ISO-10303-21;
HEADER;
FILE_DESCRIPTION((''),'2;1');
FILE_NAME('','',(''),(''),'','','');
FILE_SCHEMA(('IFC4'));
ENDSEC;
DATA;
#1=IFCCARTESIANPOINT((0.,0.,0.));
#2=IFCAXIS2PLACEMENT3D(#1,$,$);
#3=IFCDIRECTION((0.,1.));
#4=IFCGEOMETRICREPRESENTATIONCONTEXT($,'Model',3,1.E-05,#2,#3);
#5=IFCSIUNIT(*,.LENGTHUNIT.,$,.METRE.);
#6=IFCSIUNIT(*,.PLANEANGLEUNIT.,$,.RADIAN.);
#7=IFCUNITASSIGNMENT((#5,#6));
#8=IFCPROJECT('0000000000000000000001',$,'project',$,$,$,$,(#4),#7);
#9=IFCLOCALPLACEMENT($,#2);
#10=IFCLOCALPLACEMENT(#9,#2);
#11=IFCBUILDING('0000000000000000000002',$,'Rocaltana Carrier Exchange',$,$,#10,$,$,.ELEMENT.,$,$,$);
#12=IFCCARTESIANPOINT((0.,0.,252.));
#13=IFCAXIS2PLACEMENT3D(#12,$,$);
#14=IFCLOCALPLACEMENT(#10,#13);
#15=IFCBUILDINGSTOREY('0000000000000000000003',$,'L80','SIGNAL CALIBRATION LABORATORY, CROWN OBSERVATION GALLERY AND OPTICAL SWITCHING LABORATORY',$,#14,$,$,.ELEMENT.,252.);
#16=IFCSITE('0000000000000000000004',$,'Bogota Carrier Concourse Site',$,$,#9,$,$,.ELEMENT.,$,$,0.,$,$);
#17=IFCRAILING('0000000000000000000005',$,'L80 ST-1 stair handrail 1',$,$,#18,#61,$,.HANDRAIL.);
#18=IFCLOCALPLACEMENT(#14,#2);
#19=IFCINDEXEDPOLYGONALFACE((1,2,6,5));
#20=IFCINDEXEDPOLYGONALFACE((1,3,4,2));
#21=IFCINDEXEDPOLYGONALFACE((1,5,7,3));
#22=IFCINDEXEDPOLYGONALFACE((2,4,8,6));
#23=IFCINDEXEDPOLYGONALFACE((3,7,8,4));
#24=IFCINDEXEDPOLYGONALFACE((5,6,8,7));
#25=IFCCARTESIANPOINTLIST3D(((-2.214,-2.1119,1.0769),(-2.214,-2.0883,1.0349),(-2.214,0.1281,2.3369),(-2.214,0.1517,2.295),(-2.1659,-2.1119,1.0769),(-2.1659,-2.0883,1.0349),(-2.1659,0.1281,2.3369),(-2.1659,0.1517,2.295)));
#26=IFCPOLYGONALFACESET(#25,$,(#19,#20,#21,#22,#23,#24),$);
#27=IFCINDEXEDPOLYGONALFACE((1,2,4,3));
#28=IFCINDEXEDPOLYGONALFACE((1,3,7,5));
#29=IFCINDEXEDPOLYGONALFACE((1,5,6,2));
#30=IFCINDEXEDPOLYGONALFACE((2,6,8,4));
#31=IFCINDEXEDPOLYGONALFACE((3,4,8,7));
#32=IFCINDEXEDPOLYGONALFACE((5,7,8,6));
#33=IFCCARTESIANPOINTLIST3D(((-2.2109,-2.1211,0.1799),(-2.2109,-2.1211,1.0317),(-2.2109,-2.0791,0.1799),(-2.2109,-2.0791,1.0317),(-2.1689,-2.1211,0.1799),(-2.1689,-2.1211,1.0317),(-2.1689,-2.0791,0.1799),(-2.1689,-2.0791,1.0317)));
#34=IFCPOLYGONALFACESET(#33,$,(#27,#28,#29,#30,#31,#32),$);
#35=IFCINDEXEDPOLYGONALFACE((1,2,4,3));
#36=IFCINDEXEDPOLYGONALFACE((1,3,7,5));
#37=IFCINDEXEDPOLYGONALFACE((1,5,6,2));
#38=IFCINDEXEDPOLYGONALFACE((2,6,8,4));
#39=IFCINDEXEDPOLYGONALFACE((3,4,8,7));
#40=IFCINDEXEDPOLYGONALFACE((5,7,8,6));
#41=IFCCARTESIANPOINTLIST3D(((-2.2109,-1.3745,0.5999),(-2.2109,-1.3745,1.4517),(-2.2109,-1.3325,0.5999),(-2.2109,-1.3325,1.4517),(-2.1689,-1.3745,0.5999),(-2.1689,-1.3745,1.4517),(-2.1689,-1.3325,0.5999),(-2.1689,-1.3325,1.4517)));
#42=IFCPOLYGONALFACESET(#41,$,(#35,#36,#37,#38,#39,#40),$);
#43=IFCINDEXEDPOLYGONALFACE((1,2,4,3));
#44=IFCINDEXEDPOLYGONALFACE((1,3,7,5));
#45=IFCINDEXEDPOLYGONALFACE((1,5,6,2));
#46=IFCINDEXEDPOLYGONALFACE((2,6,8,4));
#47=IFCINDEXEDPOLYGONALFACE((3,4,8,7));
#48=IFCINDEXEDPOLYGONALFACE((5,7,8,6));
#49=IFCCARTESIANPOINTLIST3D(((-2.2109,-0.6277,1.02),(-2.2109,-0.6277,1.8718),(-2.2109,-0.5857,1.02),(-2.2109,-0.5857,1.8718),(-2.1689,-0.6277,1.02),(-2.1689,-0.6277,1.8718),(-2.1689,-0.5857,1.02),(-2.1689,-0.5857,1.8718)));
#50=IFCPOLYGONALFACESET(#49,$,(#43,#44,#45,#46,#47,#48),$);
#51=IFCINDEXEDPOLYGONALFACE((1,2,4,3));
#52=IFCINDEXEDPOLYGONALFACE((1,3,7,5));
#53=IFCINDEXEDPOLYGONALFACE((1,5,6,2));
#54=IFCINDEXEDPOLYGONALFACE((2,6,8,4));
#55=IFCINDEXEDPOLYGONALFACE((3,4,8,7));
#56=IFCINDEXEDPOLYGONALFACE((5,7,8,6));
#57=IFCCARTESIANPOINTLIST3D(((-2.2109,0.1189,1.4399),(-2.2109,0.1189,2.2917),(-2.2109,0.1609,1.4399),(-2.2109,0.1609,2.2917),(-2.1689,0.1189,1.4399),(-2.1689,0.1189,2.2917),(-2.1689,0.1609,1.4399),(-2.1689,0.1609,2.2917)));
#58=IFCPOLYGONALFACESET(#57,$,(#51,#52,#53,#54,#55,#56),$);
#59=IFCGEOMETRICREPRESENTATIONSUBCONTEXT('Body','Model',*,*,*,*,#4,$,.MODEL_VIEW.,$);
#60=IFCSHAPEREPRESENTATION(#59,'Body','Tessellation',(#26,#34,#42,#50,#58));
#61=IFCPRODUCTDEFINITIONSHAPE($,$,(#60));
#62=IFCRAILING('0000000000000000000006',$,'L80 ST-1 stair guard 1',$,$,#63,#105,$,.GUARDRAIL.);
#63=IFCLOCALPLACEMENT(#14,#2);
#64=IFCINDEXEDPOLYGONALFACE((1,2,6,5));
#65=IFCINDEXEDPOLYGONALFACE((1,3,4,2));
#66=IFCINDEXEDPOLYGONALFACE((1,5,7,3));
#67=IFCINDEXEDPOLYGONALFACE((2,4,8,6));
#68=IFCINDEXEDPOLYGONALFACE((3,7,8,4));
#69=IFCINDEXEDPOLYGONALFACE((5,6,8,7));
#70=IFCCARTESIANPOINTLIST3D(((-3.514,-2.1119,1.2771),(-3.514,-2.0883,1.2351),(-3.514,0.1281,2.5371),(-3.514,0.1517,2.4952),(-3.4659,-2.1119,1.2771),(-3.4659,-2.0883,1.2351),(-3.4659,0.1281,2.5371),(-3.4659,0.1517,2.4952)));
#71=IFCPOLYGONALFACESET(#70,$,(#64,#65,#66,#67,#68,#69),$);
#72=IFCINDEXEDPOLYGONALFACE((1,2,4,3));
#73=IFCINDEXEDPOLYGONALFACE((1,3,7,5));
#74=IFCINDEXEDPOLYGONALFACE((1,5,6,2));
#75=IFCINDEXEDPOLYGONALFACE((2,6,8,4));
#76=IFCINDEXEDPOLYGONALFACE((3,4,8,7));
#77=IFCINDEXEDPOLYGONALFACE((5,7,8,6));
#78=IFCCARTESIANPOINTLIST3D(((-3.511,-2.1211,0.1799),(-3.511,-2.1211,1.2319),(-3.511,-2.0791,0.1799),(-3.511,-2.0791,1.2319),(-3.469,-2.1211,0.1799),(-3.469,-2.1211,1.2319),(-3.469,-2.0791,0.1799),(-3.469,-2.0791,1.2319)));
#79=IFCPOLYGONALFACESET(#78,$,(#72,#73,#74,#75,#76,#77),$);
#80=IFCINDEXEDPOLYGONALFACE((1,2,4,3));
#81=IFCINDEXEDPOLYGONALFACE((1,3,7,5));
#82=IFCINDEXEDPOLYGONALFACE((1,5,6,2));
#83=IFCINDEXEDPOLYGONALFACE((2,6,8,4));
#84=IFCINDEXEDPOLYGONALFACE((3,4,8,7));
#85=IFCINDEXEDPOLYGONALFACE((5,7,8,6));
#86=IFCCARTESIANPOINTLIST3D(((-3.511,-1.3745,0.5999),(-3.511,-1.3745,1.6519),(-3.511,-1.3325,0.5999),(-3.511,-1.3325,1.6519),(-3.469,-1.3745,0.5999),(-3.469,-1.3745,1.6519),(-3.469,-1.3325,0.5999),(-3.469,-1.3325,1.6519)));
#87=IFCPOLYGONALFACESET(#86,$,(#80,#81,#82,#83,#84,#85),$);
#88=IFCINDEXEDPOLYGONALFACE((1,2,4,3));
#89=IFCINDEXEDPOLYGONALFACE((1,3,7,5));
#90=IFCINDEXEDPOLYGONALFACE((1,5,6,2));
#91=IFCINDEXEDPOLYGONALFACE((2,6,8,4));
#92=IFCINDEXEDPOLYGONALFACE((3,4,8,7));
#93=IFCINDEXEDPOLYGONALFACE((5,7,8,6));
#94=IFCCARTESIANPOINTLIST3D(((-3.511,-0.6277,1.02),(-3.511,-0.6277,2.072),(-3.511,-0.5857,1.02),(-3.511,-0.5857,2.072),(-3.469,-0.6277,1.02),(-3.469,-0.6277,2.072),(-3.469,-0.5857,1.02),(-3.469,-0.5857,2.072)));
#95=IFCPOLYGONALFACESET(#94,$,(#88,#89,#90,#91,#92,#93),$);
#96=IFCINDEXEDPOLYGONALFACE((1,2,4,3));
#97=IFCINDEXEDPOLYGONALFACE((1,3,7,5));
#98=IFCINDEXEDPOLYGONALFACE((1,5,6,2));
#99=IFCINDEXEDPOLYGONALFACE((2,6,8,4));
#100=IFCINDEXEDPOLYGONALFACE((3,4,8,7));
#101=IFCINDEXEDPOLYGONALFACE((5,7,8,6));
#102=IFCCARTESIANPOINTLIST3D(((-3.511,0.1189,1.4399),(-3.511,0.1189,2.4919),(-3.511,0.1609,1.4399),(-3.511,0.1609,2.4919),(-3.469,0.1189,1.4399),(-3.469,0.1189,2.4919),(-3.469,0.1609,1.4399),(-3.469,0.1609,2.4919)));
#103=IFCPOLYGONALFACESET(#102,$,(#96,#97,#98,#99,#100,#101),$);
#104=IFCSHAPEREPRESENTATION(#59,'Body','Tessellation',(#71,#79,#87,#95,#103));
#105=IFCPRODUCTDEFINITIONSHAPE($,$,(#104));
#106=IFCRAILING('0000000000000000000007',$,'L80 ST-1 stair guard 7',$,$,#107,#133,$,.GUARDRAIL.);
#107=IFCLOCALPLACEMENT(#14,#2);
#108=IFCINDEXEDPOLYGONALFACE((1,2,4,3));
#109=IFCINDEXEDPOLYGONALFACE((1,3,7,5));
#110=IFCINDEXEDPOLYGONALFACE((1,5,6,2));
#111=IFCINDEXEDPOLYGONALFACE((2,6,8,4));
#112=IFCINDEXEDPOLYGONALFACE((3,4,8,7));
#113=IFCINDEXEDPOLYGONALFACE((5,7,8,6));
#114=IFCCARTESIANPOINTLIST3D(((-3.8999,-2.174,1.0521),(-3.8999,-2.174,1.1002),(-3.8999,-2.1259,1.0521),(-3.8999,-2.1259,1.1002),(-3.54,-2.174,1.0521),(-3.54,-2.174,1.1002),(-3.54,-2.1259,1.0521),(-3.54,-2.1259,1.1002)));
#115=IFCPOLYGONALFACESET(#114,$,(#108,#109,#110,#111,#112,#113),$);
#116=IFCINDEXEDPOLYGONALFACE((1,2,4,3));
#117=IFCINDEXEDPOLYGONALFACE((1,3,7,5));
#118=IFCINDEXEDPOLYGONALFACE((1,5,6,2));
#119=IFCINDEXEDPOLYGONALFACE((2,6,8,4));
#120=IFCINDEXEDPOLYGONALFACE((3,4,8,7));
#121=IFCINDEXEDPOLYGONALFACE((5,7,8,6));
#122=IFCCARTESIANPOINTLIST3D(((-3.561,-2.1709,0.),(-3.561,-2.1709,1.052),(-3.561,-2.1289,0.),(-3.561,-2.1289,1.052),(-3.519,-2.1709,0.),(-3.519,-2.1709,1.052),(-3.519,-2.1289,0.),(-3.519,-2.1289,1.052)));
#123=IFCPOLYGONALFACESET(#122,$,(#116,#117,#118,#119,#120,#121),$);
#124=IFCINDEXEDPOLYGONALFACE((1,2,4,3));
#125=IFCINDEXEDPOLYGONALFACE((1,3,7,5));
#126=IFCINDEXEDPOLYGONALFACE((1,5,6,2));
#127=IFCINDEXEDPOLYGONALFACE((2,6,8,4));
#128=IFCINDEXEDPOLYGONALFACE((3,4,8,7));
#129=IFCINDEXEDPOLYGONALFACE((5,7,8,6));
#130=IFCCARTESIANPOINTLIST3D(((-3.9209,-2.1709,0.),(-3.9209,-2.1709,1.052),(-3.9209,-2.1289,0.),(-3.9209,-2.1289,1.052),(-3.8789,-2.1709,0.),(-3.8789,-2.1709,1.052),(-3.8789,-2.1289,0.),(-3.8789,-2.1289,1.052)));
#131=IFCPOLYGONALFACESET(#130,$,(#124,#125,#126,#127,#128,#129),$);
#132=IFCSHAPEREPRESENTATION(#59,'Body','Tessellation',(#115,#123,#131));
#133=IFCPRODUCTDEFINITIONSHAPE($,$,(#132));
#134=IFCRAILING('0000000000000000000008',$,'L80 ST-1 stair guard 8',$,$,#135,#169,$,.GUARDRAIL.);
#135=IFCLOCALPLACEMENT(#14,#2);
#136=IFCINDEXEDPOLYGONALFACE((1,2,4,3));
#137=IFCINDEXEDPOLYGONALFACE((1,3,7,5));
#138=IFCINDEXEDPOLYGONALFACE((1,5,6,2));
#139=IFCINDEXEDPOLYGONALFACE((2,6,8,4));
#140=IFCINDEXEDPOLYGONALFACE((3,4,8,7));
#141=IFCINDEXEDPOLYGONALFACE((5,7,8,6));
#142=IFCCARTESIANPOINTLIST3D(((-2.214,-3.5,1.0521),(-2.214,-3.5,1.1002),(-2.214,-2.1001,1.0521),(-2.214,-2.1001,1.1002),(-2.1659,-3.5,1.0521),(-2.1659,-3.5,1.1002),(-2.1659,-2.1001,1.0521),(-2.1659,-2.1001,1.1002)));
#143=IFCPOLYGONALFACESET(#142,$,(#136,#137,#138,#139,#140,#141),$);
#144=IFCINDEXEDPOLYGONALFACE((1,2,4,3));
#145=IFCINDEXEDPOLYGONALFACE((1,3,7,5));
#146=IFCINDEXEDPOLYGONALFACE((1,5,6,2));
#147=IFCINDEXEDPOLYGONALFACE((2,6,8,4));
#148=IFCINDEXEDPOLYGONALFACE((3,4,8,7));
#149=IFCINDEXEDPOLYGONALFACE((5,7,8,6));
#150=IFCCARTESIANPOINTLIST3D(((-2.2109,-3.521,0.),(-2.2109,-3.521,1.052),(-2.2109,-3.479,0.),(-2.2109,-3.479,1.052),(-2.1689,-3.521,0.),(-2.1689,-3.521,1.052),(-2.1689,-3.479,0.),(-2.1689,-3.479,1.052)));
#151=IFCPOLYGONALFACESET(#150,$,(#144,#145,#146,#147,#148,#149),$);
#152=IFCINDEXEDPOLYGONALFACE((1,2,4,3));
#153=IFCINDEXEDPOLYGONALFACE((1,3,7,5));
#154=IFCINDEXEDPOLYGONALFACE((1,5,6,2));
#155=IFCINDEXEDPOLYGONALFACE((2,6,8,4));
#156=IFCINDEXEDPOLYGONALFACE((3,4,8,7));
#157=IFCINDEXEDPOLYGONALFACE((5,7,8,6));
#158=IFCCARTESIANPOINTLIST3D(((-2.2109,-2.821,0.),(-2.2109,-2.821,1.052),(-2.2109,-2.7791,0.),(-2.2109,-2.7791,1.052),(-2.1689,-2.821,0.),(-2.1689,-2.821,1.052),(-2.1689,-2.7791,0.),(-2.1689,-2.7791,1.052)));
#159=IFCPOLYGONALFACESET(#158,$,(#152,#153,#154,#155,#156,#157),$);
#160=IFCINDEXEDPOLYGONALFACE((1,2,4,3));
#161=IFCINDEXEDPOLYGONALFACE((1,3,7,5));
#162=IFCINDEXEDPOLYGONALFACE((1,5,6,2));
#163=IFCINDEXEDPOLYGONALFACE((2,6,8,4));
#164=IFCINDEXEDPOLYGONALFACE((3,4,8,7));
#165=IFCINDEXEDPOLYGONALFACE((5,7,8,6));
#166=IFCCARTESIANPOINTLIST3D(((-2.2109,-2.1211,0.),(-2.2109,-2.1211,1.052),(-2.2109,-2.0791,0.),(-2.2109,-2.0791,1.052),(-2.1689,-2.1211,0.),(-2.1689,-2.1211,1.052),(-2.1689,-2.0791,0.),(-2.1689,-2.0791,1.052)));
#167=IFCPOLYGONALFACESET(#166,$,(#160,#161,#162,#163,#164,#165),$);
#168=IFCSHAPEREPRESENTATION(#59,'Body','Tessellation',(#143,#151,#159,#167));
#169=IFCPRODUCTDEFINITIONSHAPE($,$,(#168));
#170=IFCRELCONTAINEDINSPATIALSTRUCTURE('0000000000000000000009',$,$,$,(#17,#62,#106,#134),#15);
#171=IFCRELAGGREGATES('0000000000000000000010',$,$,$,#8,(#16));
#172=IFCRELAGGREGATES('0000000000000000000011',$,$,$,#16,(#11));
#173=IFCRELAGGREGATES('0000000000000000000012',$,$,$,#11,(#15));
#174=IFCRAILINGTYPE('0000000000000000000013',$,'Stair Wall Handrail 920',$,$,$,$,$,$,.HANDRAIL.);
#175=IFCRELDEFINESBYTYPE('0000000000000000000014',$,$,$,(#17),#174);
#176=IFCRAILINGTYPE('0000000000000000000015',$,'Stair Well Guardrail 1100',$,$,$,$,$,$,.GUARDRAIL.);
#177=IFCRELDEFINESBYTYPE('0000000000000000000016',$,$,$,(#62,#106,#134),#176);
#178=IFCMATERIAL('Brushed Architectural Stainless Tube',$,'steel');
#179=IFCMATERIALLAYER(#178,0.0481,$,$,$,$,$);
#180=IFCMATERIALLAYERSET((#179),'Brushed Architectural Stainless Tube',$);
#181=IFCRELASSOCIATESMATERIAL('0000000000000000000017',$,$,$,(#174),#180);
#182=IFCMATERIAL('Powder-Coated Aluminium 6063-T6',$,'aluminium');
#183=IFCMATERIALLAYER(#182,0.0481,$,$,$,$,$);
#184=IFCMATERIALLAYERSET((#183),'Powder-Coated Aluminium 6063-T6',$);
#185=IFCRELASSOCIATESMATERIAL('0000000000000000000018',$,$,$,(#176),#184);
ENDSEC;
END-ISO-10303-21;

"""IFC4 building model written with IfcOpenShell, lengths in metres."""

from ifc_helpers import new_model, si_unit, direction, frame, origin, origin_2d, place, context, subcontext, project, spatial, rectangle, extrude, material, layer, layer_set, type_object, element, save


model = new_model("IFC4")

# Units and contexts
model_context = context("Model", 3, precision=1e-05, world=origin(), true_north=direction((0.0, 1.0)))
body_context = subcontext(model_context, "Body", "Model", "MODEL_VIEW")
ifc_project = project(units=[si_unit("LENGTHUNIT", "METRE"), si_unit("PLANEANGLEUNIT", "RADIAN")], contexts=[model_context])

# Site, building, storey
site_placement = place(None, origin())
site = spatial("IfcSite", under=ifc_project, at=site_placement, Name="Bogota Carrier Concourse Site", CompositionType="ELEMENT", RefElevation=0.0)
building_placement = place(site_placement, origin())
building = spatial("IfcBuilding", under=site, at=building_placement, Name="Rocaltana Carrier Exchange", CompositionType="ELEMENT")
storey_placement = place(building_placement, frame((0.0, 0.0, 252.0)))
storey = spatial("IfcBuildingStorey", under=building, at=storey_placement, Name="L80", Description="SIGNAL CALIBRATION LABORATORY, CROWN OBSERVATION GALLERY AND OPTICAL SWITCHING LABORATORY", CompositionType="ELEMENT", Elevation=252.0)

# Railings
ifc_material_1 = material(Name="Brushed Architectural Stainless Tube", Category="steel")
ifc_layer_1 = layer(ifc_material_1, 0.0481)
ifc_layer_set_1 = layer_set([ifc_layer_1], Name="Brushed Architectural Stainless Tube")
railing_type_1 = type_object("IfcRailingType", Name="Stair Wall Handrail 920", PredefinedType="HANDRAIL", material=ifc_layer_set_1)
railing_1_placement = place(storey_placement, frame((-2.1899, -2.1001, 0.1799)))
element("IfcRailing", 1, at=railing_1_placement, inside=storey, type_object=railing_type_1, Name="L80 ST-1 stair handrail 1", PredefinedType="HANDRAIL", context=body_context, shape_type="SweptSolid", body=[
    extrude(rectangle(XDim=0.0481, YDim=0.0481, at=origin_2d()), frame((0.0, 0.0, 0.876), z_axis=(0.0, 0.871573, 0.490266), x_axis=(-1.0, 0.0, 0.0)), (0.0, 0.0, 1.0), 2.5701),
    extrude(rectangle(XDim=0.042, YDim=0.042, at=origin_2d()), origin(), (0.0, 0.0, 1.0), 0.8518),
    extrude(rectangle(XDim=0.042, YDim=0.042, at=origin_2d()), frame((0.0, 0.7466, 0.4199)), (0.0, 0.0, 1.0), 0.8518),
    extrude(rectangle(XDim=0.042, YDim=0.042, at=origin_2d()), frame((0.0, 1.4934, 0.8401)), (0.0, 0.0, 1.0), 0.8518),
    extrude(rectangle(XDim=0.042, YDim=0.042, at=origin_2d()), frame((0.0, 2.24, 1.26)), (0.0, 0.0, 1.0), 0.8518),
])
ifc_material_2 = material(Name="Powder-Coated Aluminium 6063-T6", Category="aluminium")
ifc_layer_2 = layer(ifc_material_2, 0.0481)
ifc_layer_set_2 = layer_set([ifc_layer_2], Name="Powder-Coated Aluminium 6063-T6")
railing_type_2 = type_object("IfcRailingType", Name="Stair Well Guardrail 1100", PredefinedType="GUARDRAIL", material=ifc_layer_set_2)
railing_2_placement = place(storey_placement, frame((-3.49, -2.1001, 0.1799)))
element("IfcRailing", 2, at=railing_2_placement, inside=storey, type_object=railing_type_2, Name="L80 ST-1 stair guard 1", PredefinedType="GUARDRAIL", context=body_context, shape_type="SweptSolid", body=[
    extrude(rectangle(XDim=0.0481, YDim=0.0481, at=origin_2d()), frame((0.0, 0.0, 1.0762), z_axis=(0.0, 0.871573, 0.490266), x_axis=(-1.0, 0.0, 0.0)), (0.0, 0.0, 1.0), 2.5701),
    extrude(rectangle(XDim=0.042, YDim=0.042, at=origin_2d()), origin(), (0.0, 0.0, 1.0), 1.052),
    extrude(rectangle(XDim=0.042, YDim=0.042, at=origin_2d()), frame((0.0, 0.7466, 0.4199)), (0.0, 0.0, 1.0), 1.052),
    extrude(rectangle(XDim=0.042, YDim=0.042, at=origin_2d()), frame((0.0, 1.4934, 0.8401)), (0.0, 0.0, 1.0), 1.052),
    extrude(rectangle(XDim=0.042, YDim=0.042, at=origin_2d()), frame((0.0, 2.24, 1.26)), (0.0, 0.0, 1.0), 1.052),
])
railing_3_placement = place(storey_placement, frame((-3.54, -2.1499, 0.0)))
element("IfcRailing", 3, at=railing_3_placement, inside=storey, type_object=railing_type_2, Name="L80 ST-1 stair guard 7", PredefinedType="GUARDRAIL", context=body_context, shape_type="SweptSolid", body=[
    extrude(rectangle(XDim=0.0481, YDim=0.0481, at=origin_2d()), frame((0.0, 0.0, 1.0762), z_axis=(-1.0, 0.0, 0.0), x_axis=(0.0, -1.0, 0.0)), (0.0, 0.0, 1.0), 0.3599),
    extrude(rectangle(XDim=0.042, YDim=0.042, at=origin_2d()), origin(), (0.0, 0.0, 1.0), 1.052),
    extrude(rectangle(XDim=0.042, YDim=0.042, at=origin_2d()), frame((-0.3599, 0.0, 0.0)), (0.0, 0.0, 1.0), 1.052),
])
railing_4_placement = place(storey_placement, frame((-2.1899, -3.5, 0.0)))
element("IfcRailing", 4, at=railing_4_placement, inside=storey, type_object=railing_type_2, Name="L80 ST-1 stair guard 8", PredefinedType="GUARDRAIL", context=body_context, shape_type="SweptSolid", body=[
    extrude(rectangle(XDim=0.0481, YDim=0.0481, at=origin_2d()), frame((0.0, 0.0, 1.0762), z_axis=(0.0, 1.0, 0.0), x_axis=(-1.0, 0.0, 0.0)), (0.0, 0.0, 1.0), 1.3999),
    extrude(rectangle(XDim=0.042, YDim=0.042, at=origin_2d()), origin(), (0.0, 0.0, 1.0), 1.052),
    extrude(rectangle(XDim=0.042, YDim=0.042, at=origin_2d()), frame((0.0, 0.7, 0.0)), (0.0, 0.0, 1.0), 1.052),
    extrude(rectangle(XDim=0.042, YDim=0.042, at=origin_2d()), frame((0.0, 1.3999, 0.0)), (0.0, 0.0, 1.0), 1.052),
])

save(model, "model.ifc")
